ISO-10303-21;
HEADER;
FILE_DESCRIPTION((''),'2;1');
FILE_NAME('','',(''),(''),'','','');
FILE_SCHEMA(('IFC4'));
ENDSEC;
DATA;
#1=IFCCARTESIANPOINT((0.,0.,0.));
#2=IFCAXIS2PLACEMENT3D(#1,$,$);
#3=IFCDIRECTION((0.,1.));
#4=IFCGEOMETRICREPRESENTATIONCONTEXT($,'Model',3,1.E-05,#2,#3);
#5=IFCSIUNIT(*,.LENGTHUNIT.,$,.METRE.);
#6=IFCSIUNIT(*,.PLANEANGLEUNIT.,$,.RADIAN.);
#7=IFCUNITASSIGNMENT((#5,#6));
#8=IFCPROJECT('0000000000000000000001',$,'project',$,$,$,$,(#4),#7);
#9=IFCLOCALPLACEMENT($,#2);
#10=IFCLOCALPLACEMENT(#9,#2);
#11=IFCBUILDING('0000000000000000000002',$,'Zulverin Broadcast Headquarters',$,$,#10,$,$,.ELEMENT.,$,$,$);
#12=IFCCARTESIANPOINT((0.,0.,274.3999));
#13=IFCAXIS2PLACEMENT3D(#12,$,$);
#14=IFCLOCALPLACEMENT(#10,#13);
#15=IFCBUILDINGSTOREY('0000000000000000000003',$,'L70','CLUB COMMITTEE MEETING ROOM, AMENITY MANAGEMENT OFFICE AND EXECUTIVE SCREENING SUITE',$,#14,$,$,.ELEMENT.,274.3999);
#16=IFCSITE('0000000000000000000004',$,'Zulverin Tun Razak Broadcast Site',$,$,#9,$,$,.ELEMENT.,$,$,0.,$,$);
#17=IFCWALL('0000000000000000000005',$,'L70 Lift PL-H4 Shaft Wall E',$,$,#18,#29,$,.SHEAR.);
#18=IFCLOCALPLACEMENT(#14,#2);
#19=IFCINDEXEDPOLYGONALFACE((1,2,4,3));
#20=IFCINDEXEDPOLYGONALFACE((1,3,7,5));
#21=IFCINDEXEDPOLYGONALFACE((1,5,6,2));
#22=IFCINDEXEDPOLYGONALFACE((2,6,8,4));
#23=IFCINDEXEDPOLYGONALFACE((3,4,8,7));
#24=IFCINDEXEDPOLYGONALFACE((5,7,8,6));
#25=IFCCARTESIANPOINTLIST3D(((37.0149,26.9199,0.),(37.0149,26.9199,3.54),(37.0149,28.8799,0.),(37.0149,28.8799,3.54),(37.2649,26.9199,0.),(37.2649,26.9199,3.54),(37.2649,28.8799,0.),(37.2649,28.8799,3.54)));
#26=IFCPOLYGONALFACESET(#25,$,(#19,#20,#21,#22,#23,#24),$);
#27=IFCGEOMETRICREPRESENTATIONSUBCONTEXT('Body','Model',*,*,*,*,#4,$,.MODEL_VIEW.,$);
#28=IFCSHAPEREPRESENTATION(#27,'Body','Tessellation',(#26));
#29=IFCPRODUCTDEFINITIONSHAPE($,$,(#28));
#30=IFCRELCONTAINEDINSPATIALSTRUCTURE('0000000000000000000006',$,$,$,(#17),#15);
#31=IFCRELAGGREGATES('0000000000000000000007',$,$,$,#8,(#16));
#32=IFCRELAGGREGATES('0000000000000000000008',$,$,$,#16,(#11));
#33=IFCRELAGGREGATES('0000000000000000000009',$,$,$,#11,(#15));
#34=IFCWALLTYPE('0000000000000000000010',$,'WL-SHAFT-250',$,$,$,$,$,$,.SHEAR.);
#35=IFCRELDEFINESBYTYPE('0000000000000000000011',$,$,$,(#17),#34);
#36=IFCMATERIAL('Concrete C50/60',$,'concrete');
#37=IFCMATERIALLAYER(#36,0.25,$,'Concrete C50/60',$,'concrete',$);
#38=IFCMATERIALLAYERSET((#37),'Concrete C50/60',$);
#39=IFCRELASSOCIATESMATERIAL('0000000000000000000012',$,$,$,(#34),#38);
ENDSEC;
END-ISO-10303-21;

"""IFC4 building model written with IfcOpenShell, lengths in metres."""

from ifc_helpers import new_model, si_unit, direction, frame, frame_2d, origin, place, context, subcontext, project, spatial, rectangle, extrude, material, layer, layer_set, type_object, element, save


model = new_model("IFC4")

# Units and contexts
model_context = context("Model", 3, precision=1e-05, world=origin(), true_north=direction((0.0, 1.0)))
body_context = subcontext(model_context, "Body", "Model", "MODEL_VIEW")
ifc_project = project(units=[si_unit("LENGTHUNIT", "METRE"), si_unit("PLANEANGLEUNIT", "RADIAN")], contexts=[model_context])

# Site, building, storey
site_placement = place(None, origin())
site = spatial("IfcSite", under=ifc_project, at=site_placement, Name="Zulverin Tun Razak Broadcast Site", CompositionType="ELEMENT", RefElevation=0.0)
building_placement = place(site_placement, origin())
building = spatial("IfcBuilding", under=site, at=building_placement, Name="Zulverin Broadcast Headquarters", CompositionType="ELEMENT")
storey_placement = place(building_placement, frame((0.0, 0.0, 274.3999)))
storey = spatial("IfcBuildingStorey", under=building, at=storey_placement, Name="L70", Description="CLUB COMMITTEE MEETING ROOM, AMENITY MANAGEMENT OFFICE AND EXECUTIVE SCREENING SUITE", CompositionType="ELEMENT", Elevation=274.3999)

# Shared definitions
ifc_material_1 = material(Name="Concrete C50/60", Category="concrete")
ifc_layer_1 = layer(ifc_material_1, 0.25, Name="Concrete C50/60", Category="concrete")
ifc_layer_set_1 = layer_set([ifc_layer_1], Name="Concrete C50/60")
wall_type_1 = type_object("IfcWallType", Name="WL-SHAFT-250", PredefinedType="SHEAR", material=ifc_layer_set_1)

# Wall
wall_1_placement = place(storey_placement, frame((37.1399, 26.9199, 0.0), z_axis=(0.0, 0.0, 1.0), x_axis=(0.0, 1.0, 0.0)))
element("IfcWall", 1, at=wall_1_placement, inside=storey, type_object=wall_type_1, Name="L70 Lift PL-H4 Shaft Wall E", PredefinedType="SHEAR", context=body_context, shape_type="SweptSolid", body=[
    extrude(rectangle(XDim=1.96, YDim=0.25, at=frame_2d((0.98, 0.0))), origin(), (0.0, 0.0, 1.0), 3.54),
])

save(model, "model.ifc")
